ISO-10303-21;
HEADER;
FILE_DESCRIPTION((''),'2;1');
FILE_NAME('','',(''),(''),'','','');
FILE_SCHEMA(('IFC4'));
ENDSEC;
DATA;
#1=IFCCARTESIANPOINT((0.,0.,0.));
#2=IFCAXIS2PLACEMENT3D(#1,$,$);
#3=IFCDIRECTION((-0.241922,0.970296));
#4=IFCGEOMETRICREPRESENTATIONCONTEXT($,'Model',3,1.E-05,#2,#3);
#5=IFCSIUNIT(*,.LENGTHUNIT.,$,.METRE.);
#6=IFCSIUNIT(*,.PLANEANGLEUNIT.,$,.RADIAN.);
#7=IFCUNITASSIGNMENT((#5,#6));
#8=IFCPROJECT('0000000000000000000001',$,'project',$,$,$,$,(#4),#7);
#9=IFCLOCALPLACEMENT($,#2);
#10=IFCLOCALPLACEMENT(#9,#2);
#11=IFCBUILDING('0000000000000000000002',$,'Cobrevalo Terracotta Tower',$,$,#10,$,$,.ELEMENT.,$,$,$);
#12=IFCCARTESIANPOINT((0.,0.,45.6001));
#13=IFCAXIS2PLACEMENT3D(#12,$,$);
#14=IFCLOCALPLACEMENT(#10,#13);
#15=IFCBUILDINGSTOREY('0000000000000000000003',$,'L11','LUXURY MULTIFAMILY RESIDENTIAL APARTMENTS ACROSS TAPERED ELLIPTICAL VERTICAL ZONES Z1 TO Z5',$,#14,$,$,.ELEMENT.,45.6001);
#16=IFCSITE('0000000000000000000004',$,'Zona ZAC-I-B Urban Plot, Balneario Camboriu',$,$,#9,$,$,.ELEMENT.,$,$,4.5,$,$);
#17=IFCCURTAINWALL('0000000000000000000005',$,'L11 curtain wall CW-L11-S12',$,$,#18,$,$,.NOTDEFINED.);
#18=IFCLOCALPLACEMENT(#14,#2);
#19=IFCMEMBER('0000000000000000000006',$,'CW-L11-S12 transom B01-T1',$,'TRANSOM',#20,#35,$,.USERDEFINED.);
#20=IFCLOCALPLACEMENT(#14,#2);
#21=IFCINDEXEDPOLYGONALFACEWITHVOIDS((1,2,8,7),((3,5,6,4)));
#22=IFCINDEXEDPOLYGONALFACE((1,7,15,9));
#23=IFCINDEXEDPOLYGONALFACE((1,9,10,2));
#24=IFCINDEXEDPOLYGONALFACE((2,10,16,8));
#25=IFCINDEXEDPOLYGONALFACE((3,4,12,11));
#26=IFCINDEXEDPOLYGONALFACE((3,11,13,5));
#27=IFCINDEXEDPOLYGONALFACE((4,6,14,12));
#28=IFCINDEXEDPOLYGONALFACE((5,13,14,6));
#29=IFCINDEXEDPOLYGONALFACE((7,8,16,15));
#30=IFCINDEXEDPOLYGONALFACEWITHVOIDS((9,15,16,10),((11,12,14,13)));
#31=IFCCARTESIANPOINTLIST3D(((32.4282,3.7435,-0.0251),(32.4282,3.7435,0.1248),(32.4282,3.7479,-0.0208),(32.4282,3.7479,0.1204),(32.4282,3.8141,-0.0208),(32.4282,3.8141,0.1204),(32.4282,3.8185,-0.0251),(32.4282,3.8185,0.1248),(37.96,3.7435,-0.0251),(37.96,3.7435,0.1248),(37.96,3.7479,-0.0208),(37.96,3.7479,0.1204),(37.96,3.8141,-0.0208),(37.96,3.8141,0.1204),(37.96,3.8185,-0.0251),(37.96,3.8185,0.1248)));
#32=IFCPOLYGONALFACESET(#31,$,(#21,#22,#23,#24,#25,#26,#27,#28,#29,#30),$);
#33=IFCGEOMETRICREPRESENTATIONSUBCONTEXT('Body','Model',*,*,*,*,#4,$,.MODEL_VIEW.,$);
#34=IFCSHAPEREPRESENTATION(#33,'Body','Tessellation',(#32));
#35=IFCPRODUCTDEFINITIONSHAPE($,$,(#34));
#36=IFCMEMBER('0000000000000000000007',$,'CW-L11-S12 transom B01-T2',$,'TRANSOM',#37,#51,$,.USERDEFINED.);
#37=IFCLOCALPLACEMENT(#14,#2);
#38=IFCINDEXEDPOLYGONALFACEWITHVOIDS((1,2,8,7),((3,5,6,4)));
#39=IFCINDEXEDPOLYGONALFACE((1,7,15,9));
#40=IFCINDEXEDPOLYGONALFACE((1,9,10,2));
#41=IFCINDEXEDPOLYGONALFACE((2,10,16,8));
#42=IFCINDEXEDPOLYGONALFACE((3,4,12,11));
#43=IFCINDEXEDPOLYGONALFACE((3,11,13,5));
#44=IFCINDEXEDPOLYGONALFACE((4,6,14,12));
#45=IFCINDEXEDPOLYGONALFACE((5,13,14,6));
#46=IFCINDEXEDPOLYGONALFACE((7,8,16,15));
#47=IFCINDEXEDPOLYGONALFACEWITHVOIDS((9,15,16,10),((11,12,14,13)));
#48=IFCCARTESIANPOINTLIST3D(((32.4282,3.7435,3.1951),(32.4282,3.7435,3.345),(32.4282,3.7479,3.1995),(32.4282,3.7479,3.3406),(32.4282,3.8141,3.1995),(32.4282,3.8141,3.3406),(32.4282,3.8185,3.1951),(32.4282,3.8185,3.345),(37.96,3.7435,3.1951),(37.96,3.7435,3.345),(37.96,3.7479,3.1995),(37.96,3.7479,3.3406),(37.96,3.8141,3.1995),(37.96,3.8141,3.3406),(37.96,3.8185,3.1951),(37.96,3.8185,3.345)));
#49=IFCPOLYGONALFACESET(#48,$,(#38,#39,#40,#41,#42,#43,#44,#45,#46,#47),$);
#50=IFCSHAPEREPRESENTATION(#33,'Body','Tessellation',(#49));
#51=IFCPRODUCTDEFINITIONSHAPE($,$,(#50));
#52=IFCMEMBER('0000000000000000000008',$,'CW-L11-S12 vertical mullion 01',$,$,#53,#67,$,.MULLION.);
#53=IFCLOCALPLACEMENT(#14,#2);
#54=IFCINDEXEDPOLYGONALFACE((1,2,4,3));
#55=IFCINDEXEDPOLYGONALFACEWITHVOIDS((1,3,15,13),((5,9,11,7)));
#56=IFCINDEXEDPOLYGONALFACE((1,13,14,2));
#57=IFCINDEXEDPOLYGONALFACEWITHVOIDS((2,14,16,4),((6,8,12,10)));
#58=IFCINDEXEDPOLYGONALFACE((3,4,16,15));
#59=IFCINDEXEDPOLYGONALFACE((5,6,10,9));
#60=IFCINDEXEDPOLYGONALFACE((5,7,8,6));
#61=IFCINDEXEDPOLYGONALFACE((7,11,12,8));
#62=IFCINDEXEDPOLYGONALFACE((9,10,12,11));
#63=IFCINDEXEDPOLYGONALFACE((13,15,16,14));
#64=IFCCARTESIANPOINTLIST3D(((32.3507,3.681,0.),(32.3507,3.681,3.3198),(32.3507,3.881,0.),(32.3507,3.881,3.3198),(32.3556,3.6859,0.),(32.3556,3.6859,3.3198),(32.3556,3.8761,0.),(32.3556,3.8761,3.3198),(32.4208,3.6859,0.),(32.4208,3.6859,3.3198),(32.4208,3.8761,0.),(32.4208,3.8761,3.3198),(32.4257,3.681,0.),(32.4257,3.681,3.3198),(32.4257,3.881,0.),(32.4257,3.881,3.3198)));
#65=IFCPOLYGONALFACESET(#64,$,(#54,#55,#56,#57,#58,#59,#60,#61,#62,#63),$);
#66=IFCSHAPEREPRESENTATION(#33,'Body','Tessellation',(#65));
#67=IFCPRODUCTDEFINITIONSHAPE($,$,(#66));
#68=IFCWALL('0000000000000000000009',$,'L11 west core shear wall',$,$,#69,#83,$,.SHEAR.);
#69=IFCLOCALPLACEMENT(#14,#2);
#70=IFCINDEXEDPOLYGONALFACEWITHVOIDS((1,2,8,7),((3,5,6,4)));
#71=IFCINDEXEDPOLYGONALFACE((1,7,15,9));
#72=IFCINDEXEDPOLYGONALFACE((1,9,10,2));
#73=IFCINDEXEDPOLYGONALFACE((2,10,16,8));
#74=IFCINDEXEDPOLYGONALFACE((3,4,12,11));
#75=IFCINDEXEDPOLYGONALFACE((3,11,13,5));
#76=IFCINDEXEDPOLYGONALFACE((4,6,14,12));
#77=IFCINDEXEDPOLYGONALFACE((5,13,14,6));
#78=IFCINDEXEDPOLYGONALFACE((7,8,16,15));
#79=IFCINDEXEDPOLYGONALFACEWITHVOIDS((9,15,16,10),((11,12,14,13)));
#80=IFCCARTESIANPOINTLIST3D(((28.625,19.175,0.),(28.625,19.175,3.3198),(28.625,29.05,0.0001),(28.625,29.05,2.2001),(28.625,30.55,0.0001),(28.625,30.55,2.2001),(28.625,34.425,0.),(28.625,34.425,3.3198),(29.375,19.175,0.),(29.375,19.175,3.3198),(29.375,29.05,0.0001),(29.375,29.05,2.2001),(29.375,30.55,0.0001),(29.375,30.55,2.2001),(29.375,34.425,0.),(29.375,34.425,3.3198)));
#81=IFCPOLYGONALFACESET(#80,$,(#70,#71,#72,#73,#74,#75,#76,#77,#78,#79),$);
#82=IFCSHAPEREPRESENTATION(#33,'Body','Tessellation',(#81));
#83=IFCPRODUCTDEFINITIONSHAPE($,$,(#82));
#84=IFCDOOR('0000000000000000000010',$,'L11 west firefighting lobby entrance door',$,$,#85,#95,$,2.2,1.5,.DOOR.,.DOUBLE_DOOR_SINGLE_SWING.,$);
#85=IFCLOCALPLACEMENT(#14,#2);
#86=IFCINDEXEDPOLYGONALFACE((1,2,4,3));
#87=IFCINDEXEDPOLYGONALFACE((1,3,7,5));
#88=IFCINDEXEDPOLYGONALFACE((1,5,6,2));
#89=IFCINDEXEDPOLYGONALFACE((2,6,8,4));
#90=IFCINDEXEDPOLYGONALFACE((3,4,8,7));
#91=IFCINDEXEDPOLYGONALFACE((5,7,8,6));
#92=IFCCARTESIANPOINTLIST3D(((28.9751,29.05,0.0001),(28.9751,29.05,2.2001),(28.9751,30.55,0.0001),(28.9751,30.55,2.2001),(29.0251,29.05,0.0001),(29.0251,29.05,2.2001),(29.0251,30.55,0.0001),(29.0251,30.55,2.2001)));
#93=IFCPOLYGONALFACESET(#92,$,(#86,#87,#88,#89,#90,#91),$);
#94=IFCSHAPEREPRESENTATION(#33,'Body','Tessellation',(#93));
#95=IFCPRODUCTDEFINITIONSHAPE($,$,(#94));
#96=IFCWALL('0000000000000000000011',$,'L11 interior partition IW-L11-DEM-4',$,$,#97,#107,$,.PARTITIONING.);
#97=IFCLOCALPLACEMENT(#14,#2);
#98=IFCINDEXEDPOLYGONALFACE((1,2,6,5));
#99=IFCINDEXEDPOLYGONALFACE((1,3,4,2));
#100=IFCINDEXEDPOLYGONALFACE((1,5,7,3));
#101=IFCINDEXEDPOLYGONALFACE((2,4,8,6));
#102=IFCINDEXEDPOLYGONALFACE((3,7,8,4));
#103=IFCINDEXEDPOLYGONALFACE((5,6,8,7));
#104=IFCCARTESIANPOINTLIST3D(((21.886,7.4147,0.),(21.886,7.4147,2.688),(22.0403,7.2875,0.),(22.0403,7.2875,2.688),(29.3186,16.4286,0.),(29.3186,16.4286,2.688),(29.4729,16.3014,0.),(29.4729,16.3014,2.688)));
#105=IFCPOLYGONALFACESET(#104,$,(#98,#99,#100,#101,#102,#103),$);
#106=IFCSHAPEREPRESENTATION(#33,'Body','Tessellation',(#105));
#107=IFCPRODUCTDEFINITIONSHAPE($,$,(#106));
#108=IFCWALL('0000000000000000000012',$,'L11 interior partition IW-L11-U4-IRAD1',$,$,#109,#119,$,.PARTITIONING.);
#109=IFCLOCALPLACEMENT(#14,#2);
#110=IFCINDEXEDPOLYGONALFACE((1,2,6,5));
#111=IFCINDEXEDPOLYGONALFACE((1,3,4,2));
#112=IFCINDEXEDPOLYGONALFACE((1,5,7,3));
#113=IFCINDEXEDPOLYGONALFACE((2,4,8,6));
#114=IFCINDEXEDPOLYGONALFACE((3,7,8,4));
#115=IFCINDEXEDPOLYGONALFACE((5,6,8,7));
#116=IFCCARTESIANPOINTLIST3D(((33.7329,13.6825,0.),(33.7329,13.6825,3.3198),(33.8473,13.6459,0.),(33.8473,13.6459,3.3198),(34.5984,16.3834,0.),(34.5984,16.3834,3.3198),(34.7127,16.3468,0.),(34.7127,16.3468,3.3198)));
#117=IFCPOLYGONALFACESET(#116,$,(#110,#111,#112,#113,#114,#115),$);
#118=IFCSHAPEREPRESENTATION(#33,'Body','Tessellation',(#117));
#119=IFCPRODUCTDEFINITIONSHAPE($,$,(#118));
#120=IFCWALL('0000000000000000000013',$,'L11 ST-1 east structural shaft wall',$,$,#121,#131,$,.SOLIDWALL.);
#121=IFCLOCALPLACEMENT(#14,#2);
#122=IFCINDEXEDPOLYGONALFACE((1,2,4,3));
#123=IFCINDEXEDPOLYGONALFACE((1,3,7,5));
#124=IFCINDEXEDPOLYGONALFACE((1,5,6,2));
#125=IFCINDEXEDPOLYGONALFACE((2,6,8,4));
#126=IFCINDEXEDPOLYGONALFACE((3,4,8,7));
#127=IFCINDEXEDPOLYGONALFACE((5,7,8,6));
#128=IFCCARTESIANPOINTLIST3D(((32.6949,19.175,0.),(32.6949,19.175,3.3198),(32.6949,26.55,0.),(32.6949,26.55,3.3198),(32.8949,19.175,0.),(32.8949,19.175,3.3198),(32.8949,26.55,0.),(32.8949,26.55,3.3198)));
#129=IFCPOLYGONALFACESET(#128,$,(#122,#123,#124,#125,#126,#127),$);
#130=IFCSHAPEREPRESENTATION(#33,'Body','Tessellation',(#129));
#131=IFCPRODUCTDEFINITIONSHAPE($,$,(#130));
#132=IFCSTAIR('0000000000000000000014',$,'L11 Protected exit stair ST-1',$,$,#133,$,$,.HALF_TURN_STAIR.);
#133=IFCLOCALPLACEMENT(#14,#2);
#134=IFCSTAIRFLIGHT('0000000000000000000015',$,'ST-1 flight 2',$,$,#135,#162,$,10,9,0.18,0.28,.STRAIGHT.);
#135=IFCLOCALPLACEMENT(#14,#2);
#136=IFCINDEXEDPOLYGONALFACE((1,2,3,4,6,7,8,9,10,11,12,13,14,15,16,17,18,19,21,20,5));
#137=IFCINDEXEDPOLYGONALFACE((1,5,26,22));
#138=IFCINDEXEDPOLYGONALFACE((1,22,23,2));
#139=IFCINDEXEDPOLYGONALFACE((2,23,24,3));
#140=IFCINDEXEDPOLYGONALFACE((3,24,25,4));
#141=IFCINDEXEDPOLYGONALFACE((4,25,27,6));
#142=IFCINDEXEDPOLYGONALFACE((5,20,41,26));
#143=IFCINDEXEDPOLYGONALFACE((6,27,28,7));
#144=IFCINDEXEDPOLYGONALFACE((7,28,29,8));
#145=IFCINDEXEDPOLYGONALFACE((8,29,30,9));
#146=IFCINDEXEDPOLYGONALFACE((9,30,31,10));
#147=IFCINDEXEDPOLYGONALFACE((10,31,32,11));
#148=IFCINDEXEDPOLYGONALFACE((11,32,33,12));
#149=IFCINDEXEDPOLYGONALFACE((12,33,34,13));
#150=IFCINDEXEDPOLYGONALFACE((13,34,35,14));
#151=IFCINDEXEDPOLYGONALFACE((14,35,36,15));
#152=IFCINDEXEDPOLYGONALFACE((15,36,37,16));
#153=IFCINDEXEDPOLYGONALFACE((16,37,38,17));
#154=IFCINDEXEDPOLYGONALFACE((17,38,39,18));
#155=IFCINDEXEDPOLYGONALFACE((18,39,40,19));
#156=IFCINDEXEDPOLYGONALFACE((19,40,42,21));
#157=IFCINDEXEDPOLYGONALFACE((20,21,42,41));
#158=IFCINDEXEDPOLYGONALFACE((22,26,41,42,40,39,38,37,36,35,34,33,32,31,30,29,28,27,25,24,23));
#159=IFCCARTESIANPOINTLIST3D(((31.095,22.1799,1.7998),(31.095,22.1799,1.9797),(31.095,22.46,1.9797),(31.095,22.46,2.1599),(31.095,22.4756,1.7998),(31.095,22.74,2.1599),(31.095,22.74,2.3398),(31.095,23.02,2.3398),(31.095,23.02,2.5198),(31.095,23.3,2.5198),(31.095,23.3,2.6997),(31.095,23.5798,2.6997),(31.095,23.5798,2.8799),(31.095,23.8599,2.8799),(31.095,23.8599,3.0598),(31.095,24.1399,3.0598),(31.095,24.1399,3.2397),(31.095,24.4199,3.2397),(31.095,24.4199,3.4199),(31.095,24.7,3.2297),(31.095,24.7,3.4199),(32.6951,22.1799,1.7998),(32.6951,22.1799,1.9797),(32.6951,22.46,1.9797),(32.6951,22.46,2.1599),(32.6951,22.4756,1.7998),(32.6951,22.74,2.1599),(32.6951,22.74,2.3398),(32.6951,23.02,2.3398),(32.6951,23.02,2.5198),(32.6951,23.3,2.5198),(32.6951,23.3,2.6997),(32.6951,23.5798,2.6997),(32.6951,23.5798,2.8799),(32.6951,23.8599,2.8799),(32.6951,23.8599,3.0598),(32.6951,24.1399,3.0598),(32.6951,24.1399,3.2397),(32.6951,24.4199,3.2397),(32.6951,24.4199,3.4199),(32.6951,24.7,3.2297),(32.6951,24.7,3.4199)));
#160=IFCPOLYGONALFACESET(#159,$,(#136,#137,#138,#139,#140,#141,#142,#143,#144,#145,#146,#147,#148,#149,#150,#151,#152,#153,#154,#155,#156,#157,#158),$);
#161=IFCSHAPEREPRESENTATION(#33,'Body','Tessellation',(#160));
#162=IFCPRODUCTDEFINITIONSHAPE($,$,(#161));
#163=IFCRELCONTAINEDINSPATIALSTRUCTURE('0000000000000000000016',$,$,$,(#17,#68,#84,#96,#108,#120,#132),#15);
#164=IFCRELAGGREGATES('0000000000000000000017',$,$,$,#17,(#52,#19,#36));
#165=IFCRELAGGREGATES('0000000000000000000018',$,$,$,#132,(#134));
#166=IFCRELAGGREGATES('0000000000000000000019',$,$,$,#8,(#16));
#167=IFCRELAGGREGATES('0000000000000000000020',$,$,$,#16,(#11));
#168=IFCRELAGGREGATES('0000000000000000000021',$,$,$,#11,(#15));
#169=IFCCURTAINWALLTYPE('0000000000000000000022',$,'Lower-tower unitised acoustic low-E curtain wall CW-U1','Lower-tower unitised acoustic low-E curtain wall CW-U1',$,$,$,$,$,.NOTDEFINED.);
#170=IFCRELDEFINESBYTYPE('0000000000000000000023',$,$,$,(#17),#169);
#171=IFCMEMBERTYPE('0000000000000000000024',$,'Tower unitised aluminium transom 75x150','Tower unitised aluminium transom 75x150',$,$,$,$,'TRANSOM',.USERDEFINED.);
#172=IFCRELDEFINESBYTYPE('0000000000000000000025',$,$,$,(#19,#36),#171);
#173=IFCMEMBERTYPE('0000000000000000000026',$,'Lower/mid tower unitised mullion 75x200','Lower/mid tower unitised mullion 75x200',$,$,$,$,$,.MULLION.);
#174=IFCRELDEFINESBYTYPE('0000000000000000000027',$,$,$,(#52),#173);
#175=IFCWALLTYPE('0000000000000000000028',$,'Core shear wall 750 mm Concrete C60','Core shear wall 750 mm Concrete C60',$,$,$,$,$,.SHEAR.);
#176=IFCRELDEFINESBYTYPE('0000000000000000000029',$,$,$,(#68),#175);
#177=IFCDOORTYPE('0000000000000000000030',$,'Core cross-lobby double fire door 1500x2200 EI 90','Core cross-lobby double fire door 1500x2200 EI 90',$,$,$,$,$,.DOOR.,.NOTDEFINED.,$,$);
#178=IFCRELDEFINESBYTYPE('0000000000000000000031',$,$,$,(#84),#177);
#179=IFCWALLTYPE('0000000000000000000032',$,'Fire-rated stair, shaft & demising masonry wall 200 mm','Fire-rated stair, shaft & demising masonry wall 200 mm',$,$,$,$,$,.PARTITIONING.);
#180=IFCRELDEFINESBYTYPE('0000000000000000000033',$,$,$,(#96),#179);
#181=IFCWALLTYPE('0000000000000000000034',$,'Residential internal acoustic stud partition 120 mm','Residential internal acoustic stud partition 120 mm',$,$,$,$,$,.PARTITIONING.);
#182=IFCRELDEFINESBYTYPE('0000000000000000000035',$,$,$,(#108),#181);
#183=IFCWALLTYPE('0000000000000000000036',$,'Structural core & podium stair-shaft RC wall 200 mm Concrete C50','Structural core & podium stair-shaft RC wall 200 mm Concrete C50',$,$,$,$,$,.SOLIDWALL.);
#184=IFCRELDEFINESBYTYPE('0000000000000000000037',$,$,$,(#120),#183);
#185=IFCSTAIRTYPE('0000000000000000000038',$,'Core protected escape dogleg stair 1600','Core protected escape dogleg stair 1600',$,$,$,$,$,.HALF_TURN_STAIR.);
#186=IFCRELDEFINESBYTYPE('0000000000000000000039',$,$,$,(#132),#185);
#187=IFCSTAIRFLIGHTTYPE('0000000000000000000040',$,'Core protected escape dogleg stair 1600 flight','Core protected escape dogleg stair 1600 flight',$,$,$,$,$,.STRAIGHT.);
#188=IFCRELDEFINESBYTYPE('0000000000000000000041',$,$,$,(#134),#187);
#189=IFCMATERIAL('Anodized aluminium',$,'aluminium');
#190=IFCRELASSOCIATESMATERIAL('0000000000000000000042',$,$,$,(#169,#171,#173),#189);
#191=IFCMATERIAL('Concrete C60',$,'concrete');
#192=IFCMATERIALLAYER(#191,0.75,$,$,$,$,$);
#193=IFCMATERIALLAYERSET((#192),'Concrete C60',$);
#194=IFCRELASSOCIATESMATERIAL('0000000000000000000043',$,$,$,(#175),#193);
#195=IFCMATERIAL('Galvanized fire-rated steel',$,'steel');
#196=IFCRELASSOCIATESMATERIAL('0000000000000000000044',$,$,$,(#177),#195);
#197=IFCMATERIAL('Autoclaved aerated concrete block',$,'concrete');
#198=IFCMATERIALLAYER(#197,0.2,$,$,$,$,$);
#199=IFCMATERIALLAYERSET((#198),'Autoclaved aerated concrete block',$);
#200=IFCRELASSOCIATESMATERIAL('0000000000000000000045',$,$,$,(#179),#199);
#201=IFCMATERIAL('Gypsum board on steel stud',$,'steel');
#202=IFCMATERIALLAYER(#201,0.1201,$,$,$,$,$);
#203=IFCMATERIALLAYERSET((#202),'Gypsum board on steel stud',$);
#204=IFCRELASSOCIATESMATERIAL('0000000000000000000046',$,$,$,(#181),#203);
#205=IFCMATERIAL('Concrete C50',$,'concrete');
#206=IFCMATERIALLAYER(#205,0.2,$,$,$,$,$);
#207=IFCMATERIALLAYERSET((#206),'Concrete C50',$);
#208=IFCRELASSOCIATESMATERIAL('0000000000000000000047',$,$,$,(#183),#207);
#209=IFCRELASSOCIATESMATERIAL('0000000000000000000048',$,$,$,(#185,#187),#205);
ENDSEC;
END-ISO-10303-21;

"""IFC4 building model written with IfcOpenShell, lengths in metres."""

from ifc_helpers import new_model, si_unit, direction, frame, frame_2d, origin, origin_2d, place, context, subcontext, project, spatial, polyline, rectangle, hollow_rectangle, outline, extrude, source, transform, mapped, material, layer, layer_set, material_profile, profile_set, type_object, element, fill, aggregate, save


model = new_model("IFC4")

# Units and contexts
model_context = context("Model", 3, precision=1e-05, world=origin(), true_north=direction((-0.241922, 0.970296)))
body_context = subcontext(model_context, "Body", "Model", "MODEL_VIEW")
ifc_project = project(units=[si_unit("LENGTHUNIT", "METRE"), si_unit("PLANEANGLEUNIT", "RADIAN")], contexts=[model_context])

# Site, building, storey
site_placement = place(None, origin())
site = spatial("IfcSite", under=ifc_project, at=site_placement, Name="Zona ZAC-I-B Urban Plot, Balneario Camboriu", CompositionType="ELEMENT", RefElevation=4.5)
building_placement = place(site_placement, origin())
building = spatial("IfcBuilding", under=site, at=building_placement, Name="Cobrevalo Terracotta Tower", CompositionType="ELEMENT")
storey_placement = place(building_placement, frame((0.0, 0.0, 45.6001)))
storey = spatial("IfcBuildingStorey", under=building, at=storey_placement, Name="L11", Description="LUXURY MULTIFAMILY RESIDENTIAL APARTMENTS ACROSS TAPERED ELLIPTICAL VERTICAL ZONES Z1 TO Z5", CompositionType="ELEMENT", Elevation=45.6001)

# Curtain wall, members
ifc_material_1 = material(Name="Anodized aluminium", Category="aluminium")
curtain_wall_type = type_object("IfcCurtainWallType", Name="Lower-tower unitised acoustic low-E curtain wall CW-U1", Description="Lower-tower unitised acoustic low-E curtain wall CW-U1", PredefinedType="NOTDEFINED", material=ifc_material_1)
curtain_wall_placement = place(storey_placement, origin())
curtain_wall = element("IfcCurtainWall", 1, at=curtain_wall_placement, inside=storey, type_object=curtain_wall_type, Name="L11 curtain wall CW-L11-S12", PredefinedType="NOTDEFINED")
ifc_material_profile_1 = material_profile(ifc_material_1, hollow_rectangle(XDim=0.075, YDim=0.1499, WallThickness=0.0044, at=origin_2d()), Name="CWT 75x150")
ifc_profile_set_1 = profile_set([ifc_material_profile_1], Name="Anodized aluminium")
member_type_1 = type_object("IfcMemberType", Name="Tower unitised aluminium transom 75x150", Description="Tower unitised aluminium transom 75x150", ElementType="TRANSOM", PredefinedType="USERDEFINED", material=ifc_profile_set_1)
shared_shape_1 = source(origin(), body_context, "Body", "SweptSolid", [
    extrude(hollow_rectangle(XDim=0.075, YDim=0.1499, WallThickness=0.0044, at=origin_2d()), origin(), (0.0, 0.0, 1.0), 5.5317),
])
member_1_placement = place(storey_placement, frame((32.4282, 3.781, 0.0498), z_axis=(1.0, 0.0, 0.0), x_axis=(0.0, 1.0, 0.0)))
member_1 = element("IfcMember", 2, at=member_1_placement, type_object=member_type_1, Name="CW-L11-S12 transom B01-T1", ObjectType="TRANSOM", PredefinedType="USERDEFINED", context=body_context, shape_type="MappedRepresentation", body=[
    mapped(shared_shape_1, transform((0.0, 0.0, 0.0), scale=1.0)),
])
member_2_placement = place(storey_placement, frame((32.4282, 3.781, 3.27), z_axis=(1.0, 0.0, 0.0), x_axis=(0.0, 1.0, 0.0)))
member_2 = element("IfcMember", 3, at=member_2_placement, type_object=member_type_1, Name="CW-L11-S12 transom B01-T2", ObjectType="TRANSOM", PredefinedType="USERDEFINED", context=body_context, shape_type="MappedRepresentation", body=[
    mapped(shared_shape_1, transform((0.0, 0.0, 0.0), scale=1.0)),
])
ifc_material_profile_2 = material_profile(ifc_material_1, hollow_rectangle(XDim=0.075, YDim=0.2, WallThickness=0.0049, at=origin_2d()), Name="CWM 75x200")
ifc_profile_set_2 = profile_set([ifc_material_profile_2], Name="Anodized aluminium")
member_type_2 = type_object("IfcMemberType", Name="Lower/mid tower unitised mullion 75x200", Description="Lower/mid tower unitised mullion 75x200", PredefinedType="MULLION", material=ifc_profile_set_2)
shared_shape_2 = source(origin(), body_context, "Body", "SweptSolid", [
    extrude(hollow_rectangle(XDim=0.075, YDim=0.2, WallThickness=0.0049, at=origin_2d()), origin(), (0.0, 0.0, 1.0), 3.3198),
])
member_3_placement = place(storey_placement, frame((32.3882, 3.781, 0.0), z_axis=(0.0, 0.0, 1.0), x_axis=(1.0, 0.0, 0.0)))
member_3 = element("IfcMember", 4, at=member_3_placement, type_object=member_type_2, Name="CW-L11-S12 vertical mullion 01", PredefinedType="MULLION", context=body_context, shape_type="MappedRepresentation", body=[
    mapped(shared_shape_2, transform((0.0, 0.0, 0.0), scale=1.0)),
])
aggregate(curtain_wall, [member_3, member_1, member_2])

# Wall, opening, door
ifc_material_2 = material(Name="Concrete C60", Category="concrete")
ifc_layer_1 = layer(ifc_material_2, 0.75)
ifc_layer_set_1 = layer_set([ifc_layer_1], Name="Concrete C60")
wall_type_1 = type_object("IfcWallType", Name="Core shear wall 750 mm Concrete C60", Description="Core shear wall 750 mm Concrete C60", PredefinedType="SHEAR", material=ifc_layer_set_1)
wall_1_placement = place(storey_placement, frame((29.0, 19.175, 0.0), z_axis=(0.0, 0.0, 1.0), x_axis=(0.0, 1.0, 0.0)))
wall_1 = element("IfcWall", 5, at=wall_1_placement, inside=storey, type_object=wall_type_1, Name="L11 west core shear wall", PredefinedType="SHEAR", context=body_context, shape_type="SweptSolid", body=[
    extrude(rectangle(XDim=15.25, YDim=0.75, at=frame_2d((7.625, 0.0))), origin(), (0.0, 0.0, 1.0), 3.3198),
])
opening_placement = place(wall_1_placement, frame((9.875, 0.0, 0.0)))
opening = element("IfcOpeningElement", 6, at=opening_placement, cuts=wall_1, PredefinedType="OPENING", context=body_context, shape_type="SweptSolid", body=[
    extrude(rectangle(XDim=1.5, YDim=2.2, at=frame_2d((0.75, 1.1001))), frame((0.0, 0.385, 0.0), z_axis=(0.0, -1.0, 0.0), x_axis=(1.0, 0.0, 0.0)), (0.0, 0.0, 1.0), 0.77),
])
ifc_material_3 = material(Name="Galvanized fire-rated steel", Category="steel")
door_type = type_object("IfcDoorType", Name="Core cross-lobby double fire door 1500x2200 EI 90", Description="Core cross-lobby double fire door 1500x2200 EI 90", OperationType="NOTDEFINED", PredefinedType="DOOR", material=ifc_material_3)
shared_shape_3 = source(origin(), body_context, "Body", "SweptSolid", [
    extrude(rectangle(XDim=1.5, YDim=2.2, at=frame_2d((0.75, 1.1001))), frame((0.0, 0.0249, 0.0), z_axis=(0.0, -1.0, 0.0), x_axis=(1.0, 0.0, 0.0)), (0.0, 0.0, 1.0), 0.05),
])
door_placement = place(opening_placement, origin())
door = element("IfcDoor", 7, at=door_placement, inside=storey, type_object=door_type, Name="L11 west firefighting lobby entrance door", OperationType="DOUBLE_DOOR_SINGLE_SWING", OverallHeight=2.2, OverallWidth=1.5, PredefinedType="DOOR", context=body_context, shape_type="MappedRepresentation", body=[
    mapped(shared_shape_3, transform((0.0, 0.0, 0.0), scale=1.0)),
])
fill(opening, door)

# Walls
ifc_material_4 = material(Name="Autoclaved aerated concrete block", Category="concrete")
ifc_layer_2 = layer(ifc_material_4, 0.2)
ifc_layer_set_2 = layer_set([ifc_layer_2], Name="Autoclaved aerated concrete block")
wall_type_2 = type_object("IfcWallType", Name="Fire-rated stair, shaft & demising masonry wall 200 mm", Description="Fire-rated stair, shaft & demising masonry wall 200 mm", PredefinedType="PARTITIONING", material=ifc_layer_set_2)
wall_2_placement = place(storey_placement, frame((29.3958, 16.365, 0.0), z_axis=(0.0, 0.0, 1.0), x_axis=(-0.636186, -0.771536, 0.0)))
element("IfcWall", 8, at=wall_2_placement, inside=storey, type_object=wall_type_2, Name="L11 interior partition IW-L11-DEM-4", PredefinedType="PARTITIONING", context=body_context, shape_type="SweptSolid", body=[
    extrude(rectangle(XDim=11.6831, YDim=0.2, at=frame_2d((5.8416, 0.0))), origin(), (0.0, 0.0, 1.0), 2.688),
])
ifc_material_5 = material(Name="Gypsum board on steel stud", Category="steel")
ifc_layer_3 = layer(ifc_material_5, 0.1201)
ifc_layer_set_3 = layer_set([ifc_layer_3], Name="Gypsum board on steel stud")
wall_type_3 = type_object("IfcWallType", Name="Residential internal acoustic stud partition 120 mm", Description="Residential internal acoustic stud partition 120 mm", PredefinedType="PARTITIONING", material=ifc_layer_set_3)
wall_3_placement = place(storey_placement, frame((34.6555, 16.365, 0.0), z_axis=(0.0, 0.0, 1.0), x_axis=(-0.305154, -0.952303, 0.0)))
element("IfcWall", 9, at=wall_3_placement, inside=storey, type_object=wall_type_3, Name="L11 interior partition IW-L11-U4-IRAD1", PredefinedType="PARTITIONING", context=body_context, shape_type="SweptSolid", body=[
    extrude(rectangle(XDim=2.8362, YDim=0.1201, at=frame_2d((1.418, 0.0))), origin(), (0.0, 0.0, 1.0), 3.3198),
])
ifc_material_6 = material(Name="Concrete C50", Category="concrete")
ifc_layer_4 = layer(ifc_material_6, 0.2)
ifc_layer_set_4 = layer_set([ifc_layer_4], Name="Concrete C50")
wall_type_4 = type_object("IfcWallType", Name="Structural core & podium stair-shaft RC wall 200 mm Concrete C50", Description="Structural core & podium stair-shaft RC wall 200 mm Concrete C50", PredefinedType="SOLIDWALL", material=ifc_layer_set_4)
wall_4_placement = place(storey_placement, frame((32.7949, 19.175, 0.0), z_axis=(0.0, 0.0, 1.0), x_axis=(0.0, 1.0, 0.0)))
element("IfcWall", 10, at=wall_4_placement, inside=storey, type_object=wall_type_4, Name="L11 ST-1 east structural shaft wall", PredefinedType="SOLIDWALL", context=body_context, shape_type="SweptSolid", body=[
    extrude(rectangle(XDim=7.375, YDim=0.2, at=frame_2d((3.6875, 0.0))), origin(), (0.0, 0.0, 1.0), 3.3198),
])

# Stair, stair flight
stair_type = type_object("IfcStairType", Name="Core protected escape dogleg stair 1600", Description="Core protected escape dogleg stair 1600", PredefinedType="HALF_TURN_STAIR", material=ifc_material_6)
stair_placement = place(storey_placement, origin())
stair = element("IfcStair", 11, at=stair_placement, inside=storey, type_object=stair_type, Name="L11 Protected exit stair ST-1", PredefinedType="HALF_TURN_STAIR")
stair_flight_type = type_object("IfcStairFlightType", Name="Core protected escape dogleg stair 1600 flight", Description="Core protected escape dogleg stair 1600 flight", PredefinedType="STRAIGHT", material=ifc_material_6)
stair_flight_placement = place(storey_placement, frame((31.895, 22.1799, 1.7998), z_axis=(0.0, 0.0, 1.0), x_axis=(0.0, 1.0, 0.0)))
stair_flight = element("IfcStairFlight", 12, at=stair_flight_placement, type_object=stair_flight_type, Name="ST-1 flight 2", NumberOfRisers=10, NumberOfTreads=9, PredefinedType="STRAIGHT", RiserHeight=0.18, TreadLength=0.28, context=body_context, shape_type="SweptSolid", body=[
    extrude(outline(polyline([(0.0, 0.0), (0.0, 0.1799), (0.28, 0.1799), (0.28, 0.3601), (0.5601, 0.3601), (0.5601, 0.54), (0.8401, 0.54), (0.8401, 0.72), (1.1201, 0.72), (1.1201, 0.8999), (1.3999, 0.8999), (1.3999, 1.0801), (1.6799, 1.0801), (1.6799, 1.26), (1.96, 1.26), (1.96, 1.4399), (2.24, 1.4399), (2.24, 1.6201), (2.52, 1.6201), (2.52, 1.8), (2.52, 1.4299), (0.2957, 0.0), (0.0, 0.0)])), frame((0.0, 0.8, 0.0), z_axis=(0.0, -1.0, 0.0), x_axis=(1.0, 0.0, 0.0)), (0.0, 0.0, 1.0), 1.6001),
])
aggregate(stair, [stair_flight])

save(model, "model.ifc")
